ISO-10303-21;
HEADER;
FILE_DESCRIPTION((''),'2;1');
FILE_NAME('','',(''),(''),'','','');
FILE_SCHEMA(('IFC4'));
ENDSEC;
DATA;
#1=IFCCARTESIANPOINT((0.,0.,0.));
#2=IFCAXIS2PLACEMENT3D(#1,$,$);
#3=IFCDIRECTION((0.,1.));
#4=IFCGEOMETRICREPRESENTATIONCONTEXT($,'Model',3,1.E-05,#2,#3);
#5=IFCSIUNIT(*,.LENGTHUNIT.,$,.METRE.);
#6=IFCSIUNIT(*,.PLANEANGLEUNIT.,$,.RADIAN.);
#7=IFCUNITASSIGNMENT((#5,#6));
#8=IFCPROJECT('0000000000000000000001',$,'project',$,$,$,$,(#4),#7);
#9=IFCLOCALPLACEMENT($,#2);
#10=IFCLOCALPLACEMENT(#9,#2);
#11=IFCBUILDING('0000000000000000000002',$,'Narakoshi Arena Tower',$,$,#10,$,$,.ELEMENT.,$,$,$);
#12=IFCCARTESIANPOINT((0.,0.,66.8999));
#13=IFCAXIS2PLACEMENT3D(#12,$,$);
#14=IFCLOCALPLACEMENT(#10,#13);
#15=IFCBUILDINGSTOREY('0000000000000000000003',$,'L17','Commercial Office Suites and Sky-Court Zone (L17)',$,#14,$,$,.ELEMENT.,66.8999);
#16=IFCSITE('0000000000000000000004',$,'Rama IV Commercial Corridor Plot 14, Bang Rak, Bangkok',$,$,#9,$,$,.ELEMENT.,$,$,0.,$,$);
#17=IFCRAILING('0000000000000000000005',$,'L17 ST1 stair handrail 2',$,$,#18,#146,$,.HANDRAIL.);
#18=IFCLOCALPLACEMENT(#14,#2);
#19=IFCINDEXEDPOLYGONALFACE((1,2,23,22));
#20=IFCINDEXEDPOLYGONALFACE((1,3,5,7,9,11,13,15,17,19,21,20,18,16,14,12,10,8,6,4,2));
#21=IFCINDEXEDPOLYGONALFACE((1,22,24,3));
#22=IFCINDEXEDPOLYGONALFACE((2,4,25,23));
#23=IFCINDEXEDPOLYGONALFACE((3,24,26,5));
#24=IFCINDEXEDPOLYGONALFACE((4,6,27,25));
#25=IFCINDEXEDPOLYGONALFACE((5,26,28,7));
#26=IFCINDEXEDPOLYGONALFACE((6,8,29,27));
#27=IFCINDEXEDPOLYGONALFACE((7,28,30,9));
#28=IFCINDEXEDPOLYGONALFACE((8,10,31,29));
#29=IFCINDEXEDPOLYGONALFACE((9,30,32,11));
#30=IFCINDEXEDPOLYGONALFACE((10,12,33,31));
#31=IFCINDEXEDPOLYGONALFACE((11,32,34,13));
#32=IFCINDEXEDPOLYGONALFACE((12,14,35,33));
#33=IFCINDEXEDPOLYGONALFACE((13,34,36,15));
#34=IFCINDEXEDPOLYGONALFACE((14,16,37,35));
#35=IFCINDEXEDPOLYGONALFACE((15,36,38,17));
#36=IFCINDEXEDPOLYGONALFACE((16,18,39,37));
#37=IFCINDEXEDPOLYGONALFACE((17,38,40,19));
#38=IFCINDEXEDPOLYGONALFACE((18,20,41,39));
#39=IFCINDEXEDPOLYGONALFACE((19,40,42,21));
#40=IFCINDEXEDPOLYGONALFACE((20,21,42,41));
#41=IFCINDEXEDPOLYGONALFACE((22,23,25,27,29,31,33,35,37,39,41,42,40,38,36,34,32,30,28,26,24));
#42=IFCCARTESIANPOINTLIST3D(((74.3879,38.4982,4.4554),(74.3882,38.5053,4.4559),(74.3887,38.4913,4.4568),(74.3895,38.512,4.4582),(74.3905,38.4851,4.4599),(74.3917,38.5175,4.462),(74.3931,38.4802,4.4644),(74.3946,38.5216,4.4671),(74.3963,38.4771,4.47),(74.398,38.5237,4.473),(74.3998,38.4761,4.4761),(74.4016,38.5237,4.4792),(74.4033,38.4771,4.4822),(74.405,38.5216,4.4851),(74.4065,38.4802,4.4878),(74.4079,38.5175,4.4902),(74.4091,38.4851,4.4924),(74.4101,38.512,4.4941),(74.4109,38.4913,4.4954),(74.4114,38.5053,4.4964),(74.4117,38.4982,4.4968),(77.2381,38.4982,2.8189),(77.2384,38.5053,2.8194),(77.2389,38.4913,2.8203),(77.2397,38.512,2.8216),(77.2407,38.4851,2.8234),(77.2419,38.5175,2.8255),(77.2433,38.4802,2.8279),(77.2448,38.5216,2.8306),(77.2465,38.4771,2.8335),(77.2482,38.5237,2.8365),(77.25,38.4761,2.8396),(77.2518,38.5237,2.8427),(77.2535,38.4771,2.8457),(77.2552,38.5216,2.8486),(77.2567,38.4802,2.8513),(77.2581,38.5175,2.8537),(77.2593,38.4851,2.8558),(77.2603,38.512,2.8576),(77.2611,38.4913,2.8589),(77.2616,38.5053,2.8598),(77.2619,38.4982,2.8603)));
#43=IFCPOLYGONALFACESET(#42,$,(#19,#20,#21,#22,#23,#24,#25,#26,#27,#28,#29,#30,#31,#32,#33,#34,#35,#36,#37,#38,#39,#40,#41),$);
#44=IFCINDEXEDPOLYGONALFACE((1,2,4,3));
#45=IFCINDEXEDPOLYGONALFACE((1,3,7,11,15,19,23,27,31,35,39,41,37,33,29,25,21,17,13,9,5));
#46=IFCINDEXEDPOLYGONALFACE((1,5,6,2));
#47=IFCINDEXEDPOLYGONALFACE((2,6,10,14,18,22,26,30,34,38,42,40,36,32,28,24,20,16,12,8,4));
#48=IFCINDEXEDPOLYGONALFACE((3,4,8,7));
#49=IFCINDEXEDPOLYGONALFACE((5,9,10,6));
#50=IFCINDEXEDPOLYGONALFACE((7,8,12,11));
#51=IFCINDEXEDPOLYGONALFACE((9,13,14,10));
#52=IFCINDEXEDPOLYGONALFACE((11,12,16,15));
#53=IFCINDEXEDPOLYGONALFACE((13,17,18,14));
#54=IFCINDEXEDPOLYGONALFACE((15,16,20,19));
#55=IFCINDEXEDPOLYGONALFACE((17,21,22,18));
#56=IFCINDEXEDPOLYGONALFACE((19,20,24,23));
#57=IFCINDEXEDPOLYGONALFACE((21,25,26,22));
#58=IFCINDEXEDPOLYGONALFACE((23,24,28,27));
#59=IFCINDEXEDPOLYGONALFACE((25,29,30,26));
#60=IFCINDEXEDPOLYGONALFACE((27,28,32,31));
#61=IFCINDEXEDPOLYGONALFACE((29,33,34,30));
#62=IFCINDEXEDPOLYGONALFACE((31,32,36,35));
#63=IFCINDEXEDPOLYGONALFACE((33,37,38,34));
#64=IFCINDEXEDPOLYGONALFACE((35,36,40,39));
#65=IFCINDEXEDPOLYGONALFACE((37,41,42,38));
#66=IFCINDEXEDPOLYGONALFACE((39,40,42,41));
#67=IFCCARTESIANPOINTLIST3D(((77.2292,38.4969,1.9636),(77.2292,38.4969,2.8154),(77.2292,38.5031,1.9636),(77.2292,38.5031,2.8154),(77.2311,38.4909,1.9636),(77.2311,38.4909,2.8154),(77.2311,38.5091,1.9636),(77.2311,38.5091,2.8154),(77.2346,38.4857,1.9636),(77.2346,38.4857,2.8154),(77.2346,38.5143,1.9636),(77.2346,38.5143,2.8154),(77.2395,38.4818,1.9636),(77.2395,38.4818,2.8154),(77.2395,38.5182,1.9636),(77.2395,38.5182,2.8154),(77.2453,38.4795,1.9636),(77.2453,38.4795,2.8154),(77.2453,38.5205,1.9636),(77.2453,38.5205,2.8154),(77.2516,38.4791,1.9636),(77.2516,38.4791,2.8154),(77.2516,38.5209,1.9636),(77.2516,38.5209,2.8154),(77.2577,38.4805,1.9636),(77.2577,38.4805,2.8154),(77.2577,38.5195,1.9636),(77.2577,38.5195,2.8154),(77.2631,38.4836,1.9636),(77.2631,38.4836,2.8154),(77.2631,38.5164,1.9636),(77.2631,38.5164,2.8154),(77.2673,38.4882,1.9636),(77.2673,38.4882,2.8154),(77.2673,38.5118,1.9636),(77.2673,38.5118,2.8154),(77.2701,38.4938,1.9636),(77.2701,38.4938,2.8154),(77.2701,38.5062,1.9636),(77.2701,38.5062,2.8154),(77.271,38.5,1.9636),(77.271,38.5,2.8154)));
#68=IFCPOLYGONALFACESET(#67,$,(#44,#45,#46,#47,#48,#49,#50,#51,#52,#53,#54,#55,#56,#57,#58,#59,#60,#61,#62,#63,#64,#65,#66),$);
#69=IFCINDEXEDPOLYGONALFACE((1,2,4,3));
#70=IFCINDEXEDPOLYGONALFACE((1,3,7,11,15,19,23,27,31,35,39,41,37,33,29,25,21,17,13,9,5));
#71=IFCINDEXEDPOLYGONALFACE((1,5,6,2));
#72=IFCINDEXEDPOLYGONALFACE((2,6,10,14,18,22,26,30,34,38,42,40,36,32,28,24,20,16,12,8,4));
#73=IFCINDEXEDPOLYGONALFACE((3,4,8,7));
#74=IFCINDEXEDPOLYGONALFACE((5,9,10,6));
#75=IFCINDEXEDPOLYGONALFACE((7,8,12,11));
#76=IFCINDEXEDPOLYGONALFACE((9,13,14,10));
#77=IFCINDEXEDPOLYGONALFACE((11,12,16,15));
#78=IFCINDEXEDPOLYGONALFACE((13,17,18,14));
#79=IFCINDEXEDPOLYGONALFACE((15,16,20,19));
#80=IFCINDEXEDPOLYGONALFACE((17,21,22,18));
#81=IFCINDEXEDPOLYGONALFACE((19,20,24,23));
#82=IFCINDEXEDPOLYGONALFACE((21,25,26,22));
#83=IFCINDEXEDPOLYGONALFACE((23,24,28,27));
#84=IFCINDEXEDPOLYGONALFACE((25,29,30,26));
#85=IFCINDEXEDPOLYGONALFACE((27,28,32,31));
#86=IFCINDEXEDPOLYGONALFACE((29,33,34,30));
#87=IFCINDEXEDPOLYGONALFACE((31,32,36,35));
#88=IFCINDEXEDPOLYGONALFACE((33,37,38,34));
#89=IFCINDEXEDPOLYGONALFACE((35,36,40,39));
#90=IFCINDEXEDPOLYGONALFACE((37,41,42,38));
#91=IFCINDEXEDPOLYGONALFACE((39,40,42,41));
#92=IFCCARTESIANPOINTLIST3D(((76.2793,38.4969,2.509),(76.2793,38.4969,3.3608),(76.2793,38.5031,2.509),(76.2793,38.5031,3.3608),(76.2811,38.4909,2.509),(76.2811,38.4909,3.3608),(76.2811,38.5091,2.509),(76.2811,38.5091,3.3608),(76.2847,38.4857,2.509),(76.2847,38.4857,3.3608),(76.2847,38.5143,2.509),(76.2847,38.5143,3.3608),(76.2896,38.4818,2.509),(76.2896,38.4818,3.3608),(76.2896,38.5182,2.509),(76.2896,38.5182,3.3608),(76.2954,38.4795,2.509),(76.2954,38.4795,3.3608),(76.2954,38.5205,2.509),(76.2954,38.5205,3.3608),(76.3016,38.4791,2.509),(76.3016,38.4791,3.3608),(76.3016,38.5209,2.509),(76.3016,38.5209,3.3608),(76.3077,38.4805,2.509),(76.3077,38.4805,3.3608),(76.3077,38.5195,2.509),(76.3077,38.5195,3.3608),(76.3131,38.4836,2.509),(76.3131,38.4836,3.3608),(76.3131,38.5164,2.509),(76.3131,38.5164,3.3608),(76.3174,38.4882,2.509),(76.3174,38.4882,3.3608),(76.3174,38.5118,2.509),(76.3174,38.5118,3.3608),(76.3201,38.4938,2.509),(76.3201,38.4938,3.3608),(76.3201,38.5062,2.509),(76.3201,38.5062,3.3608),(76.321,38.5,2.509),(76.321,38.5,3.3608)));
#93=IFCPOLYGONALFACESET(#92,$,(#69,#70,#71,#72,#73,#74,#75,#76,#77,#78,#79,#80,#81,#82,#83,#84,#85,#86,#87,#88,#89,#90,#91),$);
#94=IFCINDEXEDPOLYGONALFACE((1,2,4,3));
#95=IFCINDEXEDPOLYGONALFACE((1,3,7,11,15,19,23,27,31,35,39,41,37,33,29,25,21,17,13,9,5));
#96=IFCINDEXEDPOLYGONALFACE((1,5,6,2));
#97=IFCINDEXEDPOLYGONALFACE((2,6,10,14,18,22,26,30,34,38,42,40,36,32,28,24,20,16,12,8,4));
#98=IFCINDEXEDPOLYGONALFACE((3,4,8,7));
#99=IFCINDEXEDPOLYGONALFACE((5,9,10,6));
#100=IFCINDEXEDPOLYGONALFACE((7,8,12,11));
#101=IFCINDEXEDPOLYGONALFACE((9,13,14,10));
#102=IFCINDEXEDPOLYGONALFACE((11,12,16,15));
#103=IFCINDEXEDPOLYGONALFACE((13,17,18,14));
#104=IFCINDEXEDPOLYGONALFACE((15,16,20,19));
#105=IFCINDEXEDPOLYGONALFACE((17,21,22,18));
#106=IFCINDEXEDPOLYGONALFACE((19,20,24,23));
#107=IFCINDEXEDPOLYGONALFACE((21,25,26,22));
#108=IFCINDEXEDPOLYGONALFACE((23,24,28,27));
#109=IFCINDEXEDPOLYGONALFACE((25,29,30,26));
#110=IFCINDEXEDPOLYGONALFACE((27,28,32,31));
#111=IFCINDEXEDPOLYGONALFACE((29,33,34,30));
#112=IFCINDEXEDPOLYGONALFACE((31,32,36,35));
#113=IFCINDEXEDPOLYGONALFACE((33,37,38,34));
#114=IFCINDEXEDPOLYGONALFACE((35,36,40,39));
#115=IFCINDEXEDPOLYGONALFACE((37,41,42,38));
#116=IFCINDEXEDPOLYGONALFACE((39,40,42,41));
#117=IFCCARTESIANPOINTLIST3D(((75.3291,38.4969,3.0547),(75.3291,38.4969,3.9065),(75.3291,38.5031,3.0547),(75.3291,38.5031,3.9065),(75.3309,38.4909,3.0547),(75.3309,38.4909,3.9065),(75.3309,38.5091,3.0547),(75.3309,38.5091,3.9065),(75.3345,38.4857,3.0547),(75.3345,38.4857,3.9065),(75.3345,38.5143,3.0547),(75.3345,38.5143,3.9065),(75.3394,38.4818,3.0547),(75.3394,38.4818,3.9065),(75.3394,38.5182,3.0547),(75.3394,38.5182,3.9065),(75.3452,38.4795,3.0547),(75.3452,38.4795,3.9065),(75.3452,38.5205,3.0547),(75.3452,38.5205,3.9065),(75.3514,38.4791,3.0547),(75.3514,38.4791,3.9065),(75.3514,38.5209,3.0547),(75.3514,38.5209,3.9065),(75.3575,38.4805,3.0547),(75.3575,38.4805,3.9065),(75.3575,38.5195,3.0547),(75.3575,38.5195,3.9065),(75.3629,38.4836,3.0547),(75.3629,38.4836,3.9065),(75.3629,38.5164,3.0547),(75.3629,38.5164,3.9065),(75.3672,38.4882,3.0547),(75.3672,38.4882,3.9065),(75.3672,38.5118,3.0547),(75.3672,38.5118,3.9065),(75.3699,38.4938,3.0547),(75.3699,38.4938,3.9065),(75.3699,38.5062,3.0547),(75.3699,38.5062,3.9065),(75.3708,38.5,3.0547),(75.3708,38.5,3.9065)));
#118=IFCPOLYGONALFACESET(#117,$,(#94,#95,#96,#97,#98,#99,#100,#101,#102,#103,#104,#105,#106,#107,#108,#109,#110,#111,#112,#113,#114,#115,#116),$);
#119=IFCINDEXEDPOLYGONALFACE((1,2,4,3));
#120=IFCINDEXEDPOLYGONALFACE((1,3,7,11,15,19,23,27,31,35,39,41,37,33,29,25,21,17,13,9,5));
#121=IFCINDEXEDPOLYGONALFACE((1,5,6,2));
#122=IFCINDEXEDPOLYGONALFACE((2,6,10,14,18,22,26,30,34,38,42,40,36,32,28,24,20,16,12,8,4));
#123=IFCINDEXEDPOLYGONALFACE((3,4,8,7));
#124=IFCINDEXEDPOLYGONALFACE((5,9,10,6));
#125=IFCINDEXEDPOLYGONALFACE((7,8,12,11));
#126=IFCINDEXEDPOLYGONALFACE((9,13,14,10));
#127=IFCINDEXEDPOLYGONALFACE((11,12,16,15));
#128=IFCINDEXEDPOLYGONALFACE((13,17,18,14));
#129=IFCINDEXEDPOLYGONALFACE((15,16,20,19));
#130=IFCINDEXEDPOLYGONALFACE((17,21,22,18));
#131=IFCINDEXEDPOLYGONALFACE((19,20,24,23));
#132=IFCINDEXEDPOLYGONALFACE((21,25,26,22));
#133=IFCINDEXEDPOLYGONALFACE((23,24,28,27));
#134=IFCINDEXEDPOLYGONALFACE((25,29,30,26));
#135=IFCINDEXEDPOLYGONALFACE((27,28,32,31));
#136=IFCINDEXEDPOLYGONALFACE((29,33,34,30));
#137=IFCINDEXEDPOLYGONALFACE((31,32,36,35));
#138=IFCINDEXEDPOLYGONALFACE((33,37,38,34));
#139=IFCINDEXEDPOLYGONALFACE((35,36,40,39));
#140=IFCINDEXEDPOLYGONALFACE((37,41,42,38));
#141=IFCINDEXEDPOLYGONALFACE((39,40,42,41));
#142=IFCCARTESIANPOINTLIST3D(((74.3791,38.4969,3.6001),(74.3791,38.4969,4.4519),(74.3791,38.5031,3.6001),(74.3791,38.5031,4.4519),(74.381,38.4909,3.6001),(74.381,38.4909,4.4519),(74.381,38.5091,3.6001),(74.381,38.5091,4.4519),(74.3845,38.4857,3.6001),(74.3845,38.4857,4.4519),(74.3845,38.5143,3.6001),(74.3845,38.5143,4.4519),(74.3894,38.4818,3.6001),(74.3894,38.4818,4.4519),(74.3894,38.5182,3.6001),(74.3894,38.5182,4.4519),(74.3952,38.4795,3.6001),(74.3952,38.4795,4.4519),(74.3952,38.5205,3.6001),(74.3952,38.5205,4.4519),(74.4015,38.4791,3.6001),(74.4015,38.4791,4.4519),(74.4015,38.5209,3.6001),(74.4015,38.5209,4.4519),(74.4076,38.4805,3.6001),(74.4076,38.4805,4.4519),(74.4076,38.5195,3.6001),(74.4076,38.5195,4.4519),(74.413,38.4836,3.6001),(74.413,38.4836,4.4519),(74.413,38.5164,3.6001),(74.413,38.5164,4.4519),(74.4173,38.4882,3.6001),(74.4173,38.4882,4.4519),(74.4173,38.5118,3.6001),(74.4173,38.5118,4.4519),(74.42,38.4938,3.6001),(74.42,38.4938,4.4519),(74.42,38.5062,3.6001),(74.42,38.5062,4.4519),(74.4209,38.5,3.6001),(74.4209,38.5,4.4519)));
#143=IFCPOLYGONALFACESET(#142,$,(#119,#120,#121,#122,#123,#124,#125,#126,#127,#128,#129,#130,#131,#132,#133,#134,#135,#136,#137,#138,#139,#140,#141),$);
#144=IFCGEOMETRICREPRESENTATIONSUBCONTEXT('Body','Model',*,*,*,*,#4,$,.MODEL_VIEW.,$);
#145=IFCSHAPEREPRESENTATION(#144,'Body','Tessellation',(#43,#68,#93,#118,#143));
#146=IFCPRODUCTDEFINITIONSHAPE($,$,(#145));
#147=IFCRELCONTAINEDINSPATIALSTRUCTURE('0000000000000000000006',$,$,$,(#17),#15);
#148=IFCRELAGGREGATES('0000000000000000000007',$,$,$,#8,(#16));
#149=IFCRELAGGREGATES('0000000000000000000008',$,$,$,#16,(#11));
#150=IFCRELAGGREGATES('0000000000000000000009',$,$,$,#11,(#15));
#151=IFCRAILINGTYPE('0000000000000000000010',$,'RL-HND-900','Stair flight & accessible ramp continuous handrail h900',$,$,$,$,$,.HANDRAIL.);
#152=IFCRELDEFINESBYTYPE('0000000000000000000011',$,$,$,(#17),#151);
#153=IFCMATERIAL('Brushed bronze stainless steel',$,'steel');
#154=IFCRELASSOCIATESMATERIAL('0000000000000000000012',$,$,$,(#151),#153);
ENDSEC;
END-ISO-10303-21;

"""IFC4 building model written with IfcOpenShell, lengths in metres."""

from ifc_helpers import new_model, si_unit, direction, frame, origin, origin_2d, place, context, subcontext, project, spatial, circle, extrude, material, type_object, element, save


model = new_model("IFC4")

# Units and contexts
model_context = context("Model", 3, precision=1e-05, world=origin(), true_north=direction((0.0, 1.0)))
body_context = subcontext(model_context, "Body", "Model", "MODEL_VIEW")
ifc_project = project(units=[si_unit("LENGTHUNIT", "METRE"), si_unit("PLANEANGLEUNIT", "RADIAN")], contexts=[model_context])

# Site, building, storey
site_placement = place(None, origin())
site = spatial("IfcSite", under=ifc_project, at=site_placement, Name="Rama IV Commercial Corridor Plot 14, Bang Rak, Bangkok", CompositionType="ELEMENT", RefElevation=0.0)
building_placement = place(site_placement, origin())
building = spatial("IfcBuilding", under=site, at=building_placement, Name="Narakoshi Arena Tower", CompositionType="ELEMENT")
storey_placement = place(building_placement, frame((0.0, 0.0, 66.8999)))
storey = spatial("IfcBuildingStorey", under=building, at=storey_placement, Name="L17", Description="Commercial Office Suites and Sky-Court Zone (L17)", CompositionType="ELEMENT", Elevation=66.8999)

# Railing
ifc_material_1 = material(Name="Brushed bronze stainless steel", Category="steel")
railing_type_1 = type_object("IfcRailingType", Name="RL-HND-900", Description="Stair flight & accessible ramp continuous handrail h900", PredefinedType="HANDRAIL", material=ifc_material_1)
railing_1_placement = place(storey_placement, frame((77.25, 38.5, 1.9636)))
element("IfcRailing", 1, at=railing_1_placement, inside=storey, type_object=railing_type_1, Name="L17 ST1 stair handrail 2", PredefinedType="HANDRAIL", context=body_context, shape_type="SweptSolid", body=[
    extrude(circle(Radius=0.0239, at=origin_2d()), frame((0.0, 0.0, 0.876), z_axis=(-0.867213, 0.0, 0.497938), x_axis=(0.0, -1.0, 0.0)), (0.0, 0.0, 1.0), 3.2866),
    extrude(circle(Radius=0.021, at=origin_2d()), origin(), (0.0, 0.0, 1.0), 0.8518),
    extrude(circle(Radius=0.021, at=origin_2d()), frame((-0.95, 0.0, 0.5454)), (0.0, 0.0, 1.0), 0.8518),
    extrude(circle(Radius=0.021, at=origin_2d()), frame((-1.9001, 0.0, 1.0911)), (0.0, 0.0, 1.0), 0.8518),
    extrude(circle(Radius=0.021, at=origin_2d()), frame((-2.8501, 0.0, 1.6365)), (0.0, 0.0, 1.0), 0.8518),
])

save(model, "model.ifc")
